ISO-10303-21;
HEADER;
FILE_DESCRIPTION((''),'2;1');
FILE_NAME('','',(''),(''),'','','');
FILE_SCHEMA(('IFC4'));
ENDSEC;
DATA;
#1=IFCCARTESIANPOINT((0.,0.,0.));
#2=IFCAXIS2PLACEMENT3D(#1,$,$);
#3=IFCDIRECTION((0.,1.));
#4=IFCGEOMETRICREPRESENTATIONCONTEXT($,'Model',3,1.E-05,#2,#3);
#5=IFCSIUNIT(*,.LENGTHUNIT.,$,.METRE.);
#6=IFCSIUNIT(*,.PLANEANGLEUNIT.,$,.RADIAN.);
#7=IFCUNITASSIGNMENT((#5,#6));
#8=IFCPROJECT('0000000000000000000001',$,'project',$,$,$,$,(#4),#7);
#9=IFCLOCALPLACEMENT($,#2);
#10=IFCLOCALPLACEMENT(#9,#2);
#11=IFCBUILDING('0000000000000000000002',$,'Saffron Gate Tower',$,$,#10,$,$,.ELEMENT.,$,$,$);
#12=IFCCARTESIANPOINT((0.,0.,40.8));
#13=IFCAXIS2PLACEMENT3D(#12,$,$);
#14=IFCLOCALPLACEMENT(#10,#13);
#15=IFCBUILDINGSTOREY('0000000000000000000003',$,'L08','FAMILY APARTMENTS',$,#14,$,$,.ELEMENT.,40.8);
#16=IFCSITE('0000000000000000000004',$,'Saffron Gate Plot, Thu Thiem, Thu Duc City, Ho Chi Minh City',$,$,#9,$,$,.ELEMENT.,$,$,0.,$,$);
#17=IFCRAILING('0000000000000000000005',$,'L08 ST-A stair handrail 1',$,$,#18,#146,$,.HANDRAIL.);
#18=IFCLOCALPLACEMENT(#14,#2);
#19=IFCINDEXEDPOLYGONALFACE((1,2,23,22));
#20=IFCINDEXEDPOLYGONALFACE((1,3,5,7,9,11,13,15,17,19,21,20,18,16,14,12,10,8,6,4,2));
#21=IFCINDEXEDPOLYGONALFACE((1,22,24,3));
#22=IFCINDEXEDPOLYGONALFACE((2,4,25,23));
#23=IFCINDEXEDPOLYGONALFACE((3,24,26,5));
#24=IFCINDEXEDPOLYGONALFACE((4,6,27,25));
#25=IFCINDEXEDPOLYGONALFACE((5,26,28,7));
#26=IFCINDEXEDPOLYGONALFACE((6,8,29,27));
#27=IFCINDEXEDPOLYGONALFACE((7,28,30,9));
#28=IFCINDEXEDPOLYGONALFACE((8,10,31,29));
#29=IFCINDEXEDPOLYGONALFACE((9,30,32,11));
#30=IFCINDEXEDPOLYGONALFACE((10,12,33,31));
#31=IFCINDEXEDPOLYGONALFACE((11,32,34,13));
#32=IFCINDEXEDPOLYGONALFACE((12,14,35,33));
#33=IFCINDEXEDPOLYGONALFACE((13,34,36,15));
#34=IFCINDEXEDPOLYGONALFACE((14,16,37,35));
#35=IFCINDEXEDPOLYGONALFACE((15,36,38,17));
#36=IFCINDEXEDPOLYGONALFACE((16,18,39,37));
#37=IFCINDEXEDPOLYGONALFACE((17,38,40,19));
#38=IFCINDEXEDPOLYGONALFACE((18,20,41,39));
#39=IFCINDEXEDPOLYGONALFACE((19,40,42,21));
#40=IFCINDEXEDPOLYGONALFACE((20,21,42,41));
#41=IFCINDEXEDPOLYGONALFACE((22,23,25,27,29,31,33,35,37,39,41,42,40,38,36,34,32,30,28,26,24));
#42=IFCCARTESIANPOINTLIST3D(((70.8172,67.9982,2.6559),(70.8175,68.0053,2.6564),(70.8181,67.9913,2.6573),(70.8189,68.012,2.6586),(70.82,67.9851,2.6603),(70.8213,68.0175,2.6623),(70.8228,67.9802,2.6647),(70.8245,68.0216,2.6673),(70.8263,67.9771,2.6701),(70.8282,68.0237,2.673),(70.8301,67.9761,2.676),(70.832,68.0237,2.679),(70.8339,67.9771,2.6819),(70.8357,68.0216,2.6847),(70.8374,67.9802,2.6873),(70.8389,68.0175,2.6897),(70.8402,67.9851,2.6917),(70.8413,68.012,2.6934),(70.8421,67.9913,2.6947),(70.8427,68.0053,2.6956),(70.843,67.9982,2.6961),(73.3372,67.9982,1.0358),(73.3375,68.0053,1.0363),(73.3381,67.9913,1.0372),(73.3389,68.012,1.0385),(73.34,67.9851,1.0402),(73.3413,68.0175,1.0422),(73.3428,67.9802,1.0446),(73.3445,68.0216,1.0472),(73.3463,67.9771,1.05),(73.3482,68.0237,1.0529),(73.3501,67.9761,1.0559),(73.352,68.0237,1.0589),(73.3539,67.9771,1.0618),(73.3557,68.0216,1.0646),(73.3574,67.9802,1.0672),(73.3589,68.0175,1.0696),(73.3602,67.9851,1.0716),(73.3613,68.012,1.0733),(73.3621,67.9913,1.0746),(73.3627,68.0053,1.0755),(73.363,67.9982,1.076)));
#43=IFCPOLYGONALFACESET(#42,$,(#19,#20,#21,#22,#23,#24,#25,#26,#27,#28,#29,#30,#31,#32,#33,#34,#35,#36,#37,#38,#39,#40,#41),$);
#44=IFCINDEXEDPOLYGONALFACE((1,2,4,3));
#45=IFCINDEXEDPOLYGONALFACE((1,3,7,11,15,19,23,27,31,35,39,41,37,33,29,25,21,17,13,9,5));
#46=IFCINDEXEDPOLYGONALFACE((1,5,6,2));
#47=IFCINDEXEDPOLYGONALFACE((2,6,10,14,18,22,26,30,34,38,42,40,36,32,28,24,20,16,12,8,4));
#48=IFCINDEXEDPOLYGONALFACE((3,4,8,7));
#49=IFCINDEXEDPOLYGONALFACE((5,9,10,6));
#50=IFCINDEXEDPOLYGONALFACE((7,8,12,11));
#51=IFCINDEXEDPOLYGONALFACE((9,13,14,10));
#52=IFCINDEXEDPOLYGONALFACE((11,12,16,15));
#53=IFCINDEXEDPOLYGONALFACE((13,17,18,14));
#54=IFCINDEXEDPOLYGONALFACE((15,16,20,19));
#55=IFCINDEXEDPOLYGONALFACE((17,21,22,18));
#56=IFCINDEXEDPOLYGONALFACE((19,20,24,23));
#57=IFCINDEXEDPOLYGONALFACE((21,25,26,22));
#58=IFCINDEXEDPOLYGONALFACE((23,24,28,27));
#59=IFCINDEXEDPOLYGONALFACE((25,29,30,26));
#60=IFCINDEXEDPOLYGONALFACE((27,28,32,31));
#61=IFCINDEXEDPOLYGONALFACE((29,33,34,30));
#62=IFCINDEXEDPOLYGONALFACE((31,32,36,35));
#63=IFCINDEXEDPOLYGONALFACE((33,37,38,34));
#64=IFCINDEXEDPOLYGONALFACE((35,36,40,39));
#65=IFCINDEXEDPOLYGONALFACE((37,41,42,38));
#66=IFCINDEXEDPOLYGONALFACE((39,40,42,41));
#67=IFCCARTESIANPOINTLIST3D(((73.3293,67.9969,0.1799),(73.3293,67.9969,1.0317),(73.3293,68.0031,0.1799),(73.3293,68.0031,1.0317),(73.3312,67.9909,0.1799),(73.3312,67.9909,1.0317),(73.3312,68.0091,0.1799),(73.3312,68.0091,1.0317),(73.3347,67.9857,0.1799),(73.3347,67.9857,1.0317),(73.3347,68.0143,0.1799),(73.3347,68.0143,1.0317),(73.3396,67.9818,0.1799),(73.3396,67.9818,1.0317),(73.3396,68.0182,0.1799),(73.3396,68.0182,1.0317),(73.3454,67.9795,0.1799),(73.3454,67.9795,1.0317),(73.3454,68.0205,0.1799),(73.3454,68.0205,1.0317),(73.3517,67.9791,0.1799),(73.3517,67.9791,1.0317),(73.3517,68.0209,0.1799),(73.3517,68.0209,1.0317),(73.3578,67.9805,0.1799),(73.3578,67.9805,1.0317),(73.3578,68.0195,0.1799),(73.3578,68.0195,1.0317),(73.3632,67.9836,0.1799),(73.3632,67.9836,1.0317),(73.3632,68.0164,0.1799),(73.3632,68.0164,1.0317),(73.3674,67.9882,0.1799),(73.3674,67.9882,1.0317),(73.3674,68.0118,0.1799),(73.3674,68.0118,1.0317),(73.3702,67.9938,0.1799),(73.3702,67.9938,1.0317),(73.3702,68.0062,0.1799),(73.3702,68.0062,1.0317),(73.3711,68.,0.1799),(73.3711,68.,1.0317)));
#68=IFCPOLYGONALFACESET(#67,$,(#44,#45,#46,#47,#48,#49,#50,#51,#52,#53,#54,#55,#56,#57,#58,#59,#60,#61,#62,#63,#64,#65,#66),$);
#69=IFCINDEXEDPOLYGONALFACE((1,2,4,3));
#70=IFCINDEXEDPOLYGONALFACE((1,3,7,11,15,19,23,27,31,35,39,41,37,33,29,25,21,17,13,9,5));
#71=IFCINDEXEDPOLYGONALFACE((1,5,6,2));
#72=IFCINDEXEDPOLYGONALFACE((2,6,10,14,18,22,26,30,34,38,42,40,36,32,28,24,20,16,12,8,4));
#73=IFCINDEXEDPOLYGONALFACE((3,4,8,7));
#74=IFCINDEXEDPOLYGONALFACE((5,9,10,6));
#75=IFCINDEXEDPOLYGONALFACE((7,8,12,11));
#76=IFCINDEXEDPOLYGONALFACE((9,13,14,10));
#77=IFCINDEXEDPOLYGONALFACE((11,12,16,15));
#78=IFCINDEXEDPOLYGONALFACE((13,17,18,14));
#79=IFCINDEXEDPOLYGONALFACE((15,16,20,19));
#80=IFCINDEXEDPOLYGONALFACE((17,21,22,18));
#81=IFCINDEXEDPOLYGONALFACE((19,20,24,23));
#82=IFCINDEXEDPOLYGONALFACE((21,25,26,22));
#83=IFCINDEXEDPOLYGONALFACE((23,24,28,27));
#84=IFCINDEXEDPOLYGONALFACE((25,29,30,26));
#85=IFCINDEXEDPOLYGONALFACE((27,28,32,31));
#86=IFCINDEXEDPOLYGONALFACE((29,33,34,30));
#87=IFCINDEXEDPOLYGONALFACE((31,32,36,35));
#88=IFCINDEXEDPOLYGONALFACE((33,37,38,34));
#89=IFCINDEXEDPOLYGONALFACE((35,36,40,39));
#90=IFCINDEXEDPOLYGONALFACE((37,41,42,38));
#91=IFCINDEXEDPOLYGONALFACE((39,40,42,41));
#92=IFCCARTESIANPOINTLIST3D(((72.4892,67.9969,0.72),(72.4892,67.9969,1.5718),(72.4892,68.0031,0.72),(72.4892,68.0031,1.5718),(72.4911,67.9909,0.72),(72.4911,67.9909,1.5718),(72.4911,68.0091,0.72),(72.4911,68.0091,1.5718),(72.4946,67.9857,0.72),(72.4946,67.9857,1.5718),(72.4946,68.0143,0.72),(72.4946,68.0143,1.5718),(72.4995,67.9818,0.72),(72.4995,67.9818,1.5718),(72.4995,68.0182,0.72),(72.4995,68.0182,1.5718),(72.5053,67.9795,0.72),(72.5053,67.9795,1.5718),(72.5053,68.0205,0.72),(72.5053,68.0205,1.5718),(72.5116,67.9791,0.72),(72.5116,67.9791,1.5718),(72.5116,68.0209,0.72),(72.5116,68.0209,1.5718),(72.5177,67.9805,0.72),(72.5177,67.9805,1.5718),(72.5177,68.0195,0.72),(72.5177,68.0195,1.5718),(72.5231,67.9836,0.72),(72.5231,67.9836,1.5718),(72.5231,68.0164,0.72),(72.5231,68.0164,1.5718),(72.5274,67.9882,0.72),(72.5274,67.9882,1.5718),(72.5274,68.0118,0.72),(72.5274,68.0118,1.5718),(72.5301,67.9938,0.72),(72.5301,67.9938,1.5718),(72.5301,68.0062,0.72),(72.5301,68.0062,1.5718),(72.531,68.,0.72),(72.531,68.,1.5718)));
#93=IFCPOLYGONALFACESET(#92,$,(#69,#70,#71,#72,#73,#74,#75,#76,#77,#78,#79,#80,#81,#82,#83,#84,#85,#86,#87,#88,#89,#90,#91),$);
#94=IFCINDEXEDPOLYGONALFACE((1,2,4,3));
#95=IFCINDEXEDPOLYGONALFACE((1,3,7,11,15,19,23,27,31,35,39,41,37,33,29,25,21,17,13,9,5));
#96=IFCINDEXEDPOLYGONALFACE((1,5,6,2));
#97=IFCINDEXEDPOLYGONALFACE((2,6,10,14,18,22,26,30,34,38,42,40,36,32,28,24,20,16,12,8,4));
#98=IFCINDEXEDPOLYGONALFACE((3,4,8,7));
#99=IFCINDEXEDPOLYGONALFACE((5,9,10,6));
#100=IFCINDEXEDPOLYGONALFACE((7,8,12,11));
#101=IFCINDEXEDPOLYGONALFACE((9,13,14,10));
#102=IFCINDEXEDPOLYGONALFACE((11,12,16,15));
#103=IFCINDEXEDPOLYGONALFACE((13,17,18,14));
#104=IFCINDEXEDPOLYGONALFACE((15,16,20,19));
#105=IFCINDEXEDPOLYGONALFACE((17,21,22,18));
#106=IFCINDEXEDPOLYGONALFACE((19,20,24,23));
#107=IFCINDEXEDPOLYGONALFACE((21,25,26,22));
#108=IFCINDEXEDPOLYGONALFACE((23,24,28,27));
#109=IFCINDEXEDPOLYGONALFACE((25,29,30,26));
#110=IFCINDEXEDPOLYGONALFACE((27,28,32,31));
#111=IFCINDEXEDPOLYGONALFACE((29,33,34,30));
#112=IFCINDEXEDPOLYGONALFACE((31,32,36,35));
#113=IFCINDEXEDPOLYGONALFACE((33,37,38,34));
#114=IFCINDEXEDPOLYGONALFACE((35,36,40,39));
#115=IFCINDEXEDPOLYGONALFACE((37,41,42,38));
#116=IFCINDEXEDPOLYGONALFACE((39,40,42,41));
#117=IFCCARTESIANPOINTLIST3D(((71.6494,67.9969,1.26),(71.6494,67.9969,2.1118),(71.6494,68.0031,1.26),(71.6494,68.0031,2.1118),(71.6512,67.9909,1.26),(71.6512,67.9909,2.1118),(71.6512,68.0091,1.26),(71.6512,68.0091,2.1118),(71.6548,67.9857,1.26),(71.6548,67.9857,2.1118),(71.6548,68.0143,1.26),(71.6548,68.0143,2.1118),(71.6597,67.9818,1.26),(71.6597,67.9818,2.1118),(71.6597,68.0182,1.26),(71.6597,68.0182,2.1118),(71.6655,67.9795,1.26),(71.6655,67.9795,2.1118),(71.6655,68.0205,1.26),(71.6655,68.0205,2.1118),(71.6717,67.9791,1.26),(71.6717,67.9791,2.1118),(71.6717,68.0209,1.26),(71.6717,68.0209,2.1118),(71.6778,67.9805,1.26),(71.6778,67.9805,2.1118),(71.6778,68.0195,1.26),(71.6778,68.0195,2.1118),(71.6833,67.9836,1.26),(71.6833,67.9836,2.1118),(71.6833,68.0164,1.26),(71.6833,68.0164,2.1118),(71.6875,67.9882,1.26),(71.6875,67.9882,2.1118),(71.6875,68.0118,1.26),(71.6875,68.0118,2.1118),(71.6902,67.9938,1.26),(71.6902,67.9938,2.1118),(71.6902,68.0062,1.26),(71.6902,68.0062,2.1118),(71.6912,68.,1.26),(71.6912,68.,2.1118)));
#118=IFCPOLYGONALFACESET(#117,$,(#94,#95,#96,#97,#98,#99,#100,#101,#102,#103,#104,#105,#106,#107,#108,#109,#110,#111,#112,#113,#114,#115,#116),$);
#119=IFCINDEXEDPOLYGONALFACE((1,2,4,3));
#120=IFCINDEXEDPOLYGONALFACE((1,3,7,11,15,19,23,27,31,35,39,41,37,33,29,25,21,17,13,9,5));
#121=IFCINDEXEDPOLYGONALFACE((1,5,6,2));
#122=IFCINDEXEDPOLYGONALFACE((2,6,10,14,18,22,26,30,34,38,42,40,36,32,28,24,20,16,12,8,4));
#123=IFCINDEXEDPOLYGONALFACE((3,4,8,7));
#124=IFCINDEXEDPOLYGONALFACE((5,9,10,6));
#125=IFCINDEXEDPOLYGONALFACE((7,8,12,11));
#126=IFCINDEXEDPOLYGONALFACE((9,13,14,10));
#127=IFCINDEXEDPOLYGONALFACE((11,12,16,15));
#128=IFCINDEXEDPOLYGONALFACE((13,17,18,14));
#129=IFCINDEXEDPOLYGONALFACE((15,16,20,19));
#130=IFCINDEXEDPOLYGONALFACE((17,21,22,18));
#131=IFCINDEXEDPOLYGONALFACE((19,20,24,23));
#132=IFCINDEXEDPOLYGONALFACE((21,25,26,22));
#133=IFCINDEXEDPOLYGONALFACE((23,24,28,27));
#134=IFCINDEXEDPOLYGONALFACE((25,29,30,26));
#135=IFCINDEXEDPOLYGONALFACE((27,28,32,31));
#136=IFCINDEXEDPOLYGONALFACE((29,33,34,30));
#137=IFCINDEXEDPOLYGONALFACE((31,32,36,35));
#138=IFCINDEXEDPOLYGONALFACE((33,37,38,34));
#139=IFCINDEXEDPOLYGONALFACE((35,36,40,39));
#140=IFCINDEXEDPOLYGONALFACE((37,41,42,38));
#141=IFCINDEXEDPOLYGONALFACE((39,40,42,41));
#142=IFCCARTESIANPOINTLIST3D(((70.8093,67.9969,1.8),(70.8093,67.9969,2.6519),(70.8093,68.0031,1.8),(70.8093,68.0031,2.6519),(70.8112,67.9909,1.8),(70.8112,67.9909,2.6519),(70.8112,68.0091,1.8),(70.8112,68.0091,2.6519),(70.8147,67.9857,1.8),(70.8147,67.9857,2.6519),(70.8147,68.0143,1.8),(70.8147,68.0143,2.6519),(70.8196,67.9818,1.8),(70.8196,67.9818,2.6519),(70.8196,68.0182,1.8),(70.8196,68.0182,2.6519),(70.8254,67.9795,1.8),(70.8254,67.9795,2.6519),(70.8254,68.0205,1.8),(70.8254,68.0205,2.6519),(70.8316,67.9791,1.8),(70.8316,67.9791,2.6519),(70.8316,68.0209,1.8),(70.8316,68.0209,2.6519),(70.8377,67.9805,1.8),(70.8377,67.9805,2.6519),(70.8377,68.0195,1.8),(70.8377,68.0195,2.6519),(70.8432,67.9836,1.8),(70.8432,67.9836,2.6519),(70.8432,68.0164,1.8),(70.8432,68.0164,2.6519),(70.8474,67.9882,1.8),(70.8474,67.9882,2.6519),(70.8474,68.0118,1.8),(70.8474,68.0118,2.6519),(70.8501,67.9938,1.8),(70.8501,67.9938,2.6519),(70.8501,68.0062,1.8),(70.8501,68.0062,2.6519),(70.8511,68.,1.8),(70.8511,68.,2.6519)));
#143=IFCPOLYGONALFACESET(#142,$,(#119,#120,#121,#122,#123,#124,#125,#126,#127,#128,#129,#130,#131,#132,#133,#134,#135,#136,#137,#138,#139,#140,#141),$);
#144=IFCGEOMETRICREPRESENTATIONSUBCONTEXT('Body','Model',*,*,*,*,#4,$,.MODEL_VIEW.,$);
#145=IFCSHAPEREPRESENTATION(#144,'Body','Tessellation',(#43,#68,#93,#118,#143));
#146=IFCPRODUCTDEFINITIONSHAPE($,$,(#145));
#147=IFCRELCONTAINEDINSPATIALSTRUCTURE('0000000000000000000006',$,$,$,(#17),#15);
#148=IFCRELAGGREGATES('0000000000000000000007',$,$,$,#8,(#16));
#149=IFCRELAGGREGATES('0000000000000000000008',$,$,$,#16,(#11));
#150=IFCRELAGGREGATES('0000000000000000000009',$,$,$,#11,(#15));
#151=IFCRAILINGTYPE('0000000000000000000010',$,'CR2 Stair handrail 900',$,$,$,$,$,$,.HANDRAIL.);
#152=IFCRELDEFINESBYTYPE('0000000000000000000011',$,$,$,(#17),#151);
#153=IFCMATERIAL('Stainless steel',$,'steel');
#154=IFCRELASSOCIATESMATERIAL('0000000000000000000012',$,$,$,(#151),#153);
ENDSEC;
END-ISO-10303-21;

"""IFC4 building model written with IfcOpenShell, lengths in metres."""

from ifc_helpers import new_model, si_unit, direction, frame, origin, origin_2d, place, context, subcontext, project, spatial, circle, extrude, material, type_object, element, save


model = new_model("IFC4")

# Units and contexts
model_context = context("Model", 3, precision=1e-05, world=origin(), true_north=direction((0.0, 1.0)))
body_context = subcontext(model_context, "Body", "Model", "MODEL_VIEW")
ifc_project = project(units=[si_unit("LENGTHUNIT", "METRE"), si_unit("PLANEANGLEUNIT", "RADIAN")], contexts=[model_context])

# Site, building, storey
site_placement = place(None, origin())
site = spatial("IfcSite", under=ifc_project, at=site_placement, Name="Saffron Gate Plot, Thu Thiem, Thu Duc City, Ho Chi Minh City", CompositionType="ELEMENT", RefElevation=0.0)
building_placement = place(site_placement, origin())
building = spatial("IfcBuilding", under=site, at=building_placement, Name="Saffron Gate Tower", CompositionType="ELEMENT")
storey_placement = place(building_placement, frame((0.0, 0.0, 40.8)))
storey = spatial("IfcBuildingStorey", under=building, at=storey_placement, Name="L08", Description="FAMILY APARTMENTS", CompositionType="ELEMENT", Elevation=40.8)

# Railing
ifc_material_1 = material(Name="Stainless steel", Category="steel")
railing_type_1 = type_object("IfcRailingType", Name="CR2 Stair handrail 900", PredefinedType="HANDRAIL", material=ifc_material_1)
railing_1_placement = place(storey_placement, frame((73.3501, 68.0, 0.1799)))
element("IfcRailing", 1, at=railing_1_placement, inside=storey, type_object=railing_type_1, Name="L08 ST-A stair handrail 1", PredefinedType="HANDRAIL", context=body_context, shape_type="SweptSolid", body=[
    extrude(circle(Radius=0.0239, at=origin_2d()), frame((0.0, 0.0, 0.876), z_axis=(-0.841163, 0.0, 0.540782), x_axis=(0.0, -1.0, 0.0)), (0.0, 0.0, 1.0), 2.9958),
    extrude(circle(Radius=0.021, at=origin_2d()), origin(), (0.0, 0.0, 1.0), 0.8518),
    extrude(circle(Radius=0.021, at=origin_2d()), frame((-0.8401, 0.0, 0.54)), (0.0, 0.0, 1.0), 0.8518),
    extrude(circle(Radius=0.021, at=origin_2d()), frame((-1.6799, 0.0, 1.0801)), (0.0, 0.0, 1.0), 0.8518),
    extrude(circle(Radius=0.021, at=origin_2d()), frame((-2.52, 0.0, 1.6201)), (0.0, 0.0, 1.0), 0.8518),
])

save(model, "model.ifc")
